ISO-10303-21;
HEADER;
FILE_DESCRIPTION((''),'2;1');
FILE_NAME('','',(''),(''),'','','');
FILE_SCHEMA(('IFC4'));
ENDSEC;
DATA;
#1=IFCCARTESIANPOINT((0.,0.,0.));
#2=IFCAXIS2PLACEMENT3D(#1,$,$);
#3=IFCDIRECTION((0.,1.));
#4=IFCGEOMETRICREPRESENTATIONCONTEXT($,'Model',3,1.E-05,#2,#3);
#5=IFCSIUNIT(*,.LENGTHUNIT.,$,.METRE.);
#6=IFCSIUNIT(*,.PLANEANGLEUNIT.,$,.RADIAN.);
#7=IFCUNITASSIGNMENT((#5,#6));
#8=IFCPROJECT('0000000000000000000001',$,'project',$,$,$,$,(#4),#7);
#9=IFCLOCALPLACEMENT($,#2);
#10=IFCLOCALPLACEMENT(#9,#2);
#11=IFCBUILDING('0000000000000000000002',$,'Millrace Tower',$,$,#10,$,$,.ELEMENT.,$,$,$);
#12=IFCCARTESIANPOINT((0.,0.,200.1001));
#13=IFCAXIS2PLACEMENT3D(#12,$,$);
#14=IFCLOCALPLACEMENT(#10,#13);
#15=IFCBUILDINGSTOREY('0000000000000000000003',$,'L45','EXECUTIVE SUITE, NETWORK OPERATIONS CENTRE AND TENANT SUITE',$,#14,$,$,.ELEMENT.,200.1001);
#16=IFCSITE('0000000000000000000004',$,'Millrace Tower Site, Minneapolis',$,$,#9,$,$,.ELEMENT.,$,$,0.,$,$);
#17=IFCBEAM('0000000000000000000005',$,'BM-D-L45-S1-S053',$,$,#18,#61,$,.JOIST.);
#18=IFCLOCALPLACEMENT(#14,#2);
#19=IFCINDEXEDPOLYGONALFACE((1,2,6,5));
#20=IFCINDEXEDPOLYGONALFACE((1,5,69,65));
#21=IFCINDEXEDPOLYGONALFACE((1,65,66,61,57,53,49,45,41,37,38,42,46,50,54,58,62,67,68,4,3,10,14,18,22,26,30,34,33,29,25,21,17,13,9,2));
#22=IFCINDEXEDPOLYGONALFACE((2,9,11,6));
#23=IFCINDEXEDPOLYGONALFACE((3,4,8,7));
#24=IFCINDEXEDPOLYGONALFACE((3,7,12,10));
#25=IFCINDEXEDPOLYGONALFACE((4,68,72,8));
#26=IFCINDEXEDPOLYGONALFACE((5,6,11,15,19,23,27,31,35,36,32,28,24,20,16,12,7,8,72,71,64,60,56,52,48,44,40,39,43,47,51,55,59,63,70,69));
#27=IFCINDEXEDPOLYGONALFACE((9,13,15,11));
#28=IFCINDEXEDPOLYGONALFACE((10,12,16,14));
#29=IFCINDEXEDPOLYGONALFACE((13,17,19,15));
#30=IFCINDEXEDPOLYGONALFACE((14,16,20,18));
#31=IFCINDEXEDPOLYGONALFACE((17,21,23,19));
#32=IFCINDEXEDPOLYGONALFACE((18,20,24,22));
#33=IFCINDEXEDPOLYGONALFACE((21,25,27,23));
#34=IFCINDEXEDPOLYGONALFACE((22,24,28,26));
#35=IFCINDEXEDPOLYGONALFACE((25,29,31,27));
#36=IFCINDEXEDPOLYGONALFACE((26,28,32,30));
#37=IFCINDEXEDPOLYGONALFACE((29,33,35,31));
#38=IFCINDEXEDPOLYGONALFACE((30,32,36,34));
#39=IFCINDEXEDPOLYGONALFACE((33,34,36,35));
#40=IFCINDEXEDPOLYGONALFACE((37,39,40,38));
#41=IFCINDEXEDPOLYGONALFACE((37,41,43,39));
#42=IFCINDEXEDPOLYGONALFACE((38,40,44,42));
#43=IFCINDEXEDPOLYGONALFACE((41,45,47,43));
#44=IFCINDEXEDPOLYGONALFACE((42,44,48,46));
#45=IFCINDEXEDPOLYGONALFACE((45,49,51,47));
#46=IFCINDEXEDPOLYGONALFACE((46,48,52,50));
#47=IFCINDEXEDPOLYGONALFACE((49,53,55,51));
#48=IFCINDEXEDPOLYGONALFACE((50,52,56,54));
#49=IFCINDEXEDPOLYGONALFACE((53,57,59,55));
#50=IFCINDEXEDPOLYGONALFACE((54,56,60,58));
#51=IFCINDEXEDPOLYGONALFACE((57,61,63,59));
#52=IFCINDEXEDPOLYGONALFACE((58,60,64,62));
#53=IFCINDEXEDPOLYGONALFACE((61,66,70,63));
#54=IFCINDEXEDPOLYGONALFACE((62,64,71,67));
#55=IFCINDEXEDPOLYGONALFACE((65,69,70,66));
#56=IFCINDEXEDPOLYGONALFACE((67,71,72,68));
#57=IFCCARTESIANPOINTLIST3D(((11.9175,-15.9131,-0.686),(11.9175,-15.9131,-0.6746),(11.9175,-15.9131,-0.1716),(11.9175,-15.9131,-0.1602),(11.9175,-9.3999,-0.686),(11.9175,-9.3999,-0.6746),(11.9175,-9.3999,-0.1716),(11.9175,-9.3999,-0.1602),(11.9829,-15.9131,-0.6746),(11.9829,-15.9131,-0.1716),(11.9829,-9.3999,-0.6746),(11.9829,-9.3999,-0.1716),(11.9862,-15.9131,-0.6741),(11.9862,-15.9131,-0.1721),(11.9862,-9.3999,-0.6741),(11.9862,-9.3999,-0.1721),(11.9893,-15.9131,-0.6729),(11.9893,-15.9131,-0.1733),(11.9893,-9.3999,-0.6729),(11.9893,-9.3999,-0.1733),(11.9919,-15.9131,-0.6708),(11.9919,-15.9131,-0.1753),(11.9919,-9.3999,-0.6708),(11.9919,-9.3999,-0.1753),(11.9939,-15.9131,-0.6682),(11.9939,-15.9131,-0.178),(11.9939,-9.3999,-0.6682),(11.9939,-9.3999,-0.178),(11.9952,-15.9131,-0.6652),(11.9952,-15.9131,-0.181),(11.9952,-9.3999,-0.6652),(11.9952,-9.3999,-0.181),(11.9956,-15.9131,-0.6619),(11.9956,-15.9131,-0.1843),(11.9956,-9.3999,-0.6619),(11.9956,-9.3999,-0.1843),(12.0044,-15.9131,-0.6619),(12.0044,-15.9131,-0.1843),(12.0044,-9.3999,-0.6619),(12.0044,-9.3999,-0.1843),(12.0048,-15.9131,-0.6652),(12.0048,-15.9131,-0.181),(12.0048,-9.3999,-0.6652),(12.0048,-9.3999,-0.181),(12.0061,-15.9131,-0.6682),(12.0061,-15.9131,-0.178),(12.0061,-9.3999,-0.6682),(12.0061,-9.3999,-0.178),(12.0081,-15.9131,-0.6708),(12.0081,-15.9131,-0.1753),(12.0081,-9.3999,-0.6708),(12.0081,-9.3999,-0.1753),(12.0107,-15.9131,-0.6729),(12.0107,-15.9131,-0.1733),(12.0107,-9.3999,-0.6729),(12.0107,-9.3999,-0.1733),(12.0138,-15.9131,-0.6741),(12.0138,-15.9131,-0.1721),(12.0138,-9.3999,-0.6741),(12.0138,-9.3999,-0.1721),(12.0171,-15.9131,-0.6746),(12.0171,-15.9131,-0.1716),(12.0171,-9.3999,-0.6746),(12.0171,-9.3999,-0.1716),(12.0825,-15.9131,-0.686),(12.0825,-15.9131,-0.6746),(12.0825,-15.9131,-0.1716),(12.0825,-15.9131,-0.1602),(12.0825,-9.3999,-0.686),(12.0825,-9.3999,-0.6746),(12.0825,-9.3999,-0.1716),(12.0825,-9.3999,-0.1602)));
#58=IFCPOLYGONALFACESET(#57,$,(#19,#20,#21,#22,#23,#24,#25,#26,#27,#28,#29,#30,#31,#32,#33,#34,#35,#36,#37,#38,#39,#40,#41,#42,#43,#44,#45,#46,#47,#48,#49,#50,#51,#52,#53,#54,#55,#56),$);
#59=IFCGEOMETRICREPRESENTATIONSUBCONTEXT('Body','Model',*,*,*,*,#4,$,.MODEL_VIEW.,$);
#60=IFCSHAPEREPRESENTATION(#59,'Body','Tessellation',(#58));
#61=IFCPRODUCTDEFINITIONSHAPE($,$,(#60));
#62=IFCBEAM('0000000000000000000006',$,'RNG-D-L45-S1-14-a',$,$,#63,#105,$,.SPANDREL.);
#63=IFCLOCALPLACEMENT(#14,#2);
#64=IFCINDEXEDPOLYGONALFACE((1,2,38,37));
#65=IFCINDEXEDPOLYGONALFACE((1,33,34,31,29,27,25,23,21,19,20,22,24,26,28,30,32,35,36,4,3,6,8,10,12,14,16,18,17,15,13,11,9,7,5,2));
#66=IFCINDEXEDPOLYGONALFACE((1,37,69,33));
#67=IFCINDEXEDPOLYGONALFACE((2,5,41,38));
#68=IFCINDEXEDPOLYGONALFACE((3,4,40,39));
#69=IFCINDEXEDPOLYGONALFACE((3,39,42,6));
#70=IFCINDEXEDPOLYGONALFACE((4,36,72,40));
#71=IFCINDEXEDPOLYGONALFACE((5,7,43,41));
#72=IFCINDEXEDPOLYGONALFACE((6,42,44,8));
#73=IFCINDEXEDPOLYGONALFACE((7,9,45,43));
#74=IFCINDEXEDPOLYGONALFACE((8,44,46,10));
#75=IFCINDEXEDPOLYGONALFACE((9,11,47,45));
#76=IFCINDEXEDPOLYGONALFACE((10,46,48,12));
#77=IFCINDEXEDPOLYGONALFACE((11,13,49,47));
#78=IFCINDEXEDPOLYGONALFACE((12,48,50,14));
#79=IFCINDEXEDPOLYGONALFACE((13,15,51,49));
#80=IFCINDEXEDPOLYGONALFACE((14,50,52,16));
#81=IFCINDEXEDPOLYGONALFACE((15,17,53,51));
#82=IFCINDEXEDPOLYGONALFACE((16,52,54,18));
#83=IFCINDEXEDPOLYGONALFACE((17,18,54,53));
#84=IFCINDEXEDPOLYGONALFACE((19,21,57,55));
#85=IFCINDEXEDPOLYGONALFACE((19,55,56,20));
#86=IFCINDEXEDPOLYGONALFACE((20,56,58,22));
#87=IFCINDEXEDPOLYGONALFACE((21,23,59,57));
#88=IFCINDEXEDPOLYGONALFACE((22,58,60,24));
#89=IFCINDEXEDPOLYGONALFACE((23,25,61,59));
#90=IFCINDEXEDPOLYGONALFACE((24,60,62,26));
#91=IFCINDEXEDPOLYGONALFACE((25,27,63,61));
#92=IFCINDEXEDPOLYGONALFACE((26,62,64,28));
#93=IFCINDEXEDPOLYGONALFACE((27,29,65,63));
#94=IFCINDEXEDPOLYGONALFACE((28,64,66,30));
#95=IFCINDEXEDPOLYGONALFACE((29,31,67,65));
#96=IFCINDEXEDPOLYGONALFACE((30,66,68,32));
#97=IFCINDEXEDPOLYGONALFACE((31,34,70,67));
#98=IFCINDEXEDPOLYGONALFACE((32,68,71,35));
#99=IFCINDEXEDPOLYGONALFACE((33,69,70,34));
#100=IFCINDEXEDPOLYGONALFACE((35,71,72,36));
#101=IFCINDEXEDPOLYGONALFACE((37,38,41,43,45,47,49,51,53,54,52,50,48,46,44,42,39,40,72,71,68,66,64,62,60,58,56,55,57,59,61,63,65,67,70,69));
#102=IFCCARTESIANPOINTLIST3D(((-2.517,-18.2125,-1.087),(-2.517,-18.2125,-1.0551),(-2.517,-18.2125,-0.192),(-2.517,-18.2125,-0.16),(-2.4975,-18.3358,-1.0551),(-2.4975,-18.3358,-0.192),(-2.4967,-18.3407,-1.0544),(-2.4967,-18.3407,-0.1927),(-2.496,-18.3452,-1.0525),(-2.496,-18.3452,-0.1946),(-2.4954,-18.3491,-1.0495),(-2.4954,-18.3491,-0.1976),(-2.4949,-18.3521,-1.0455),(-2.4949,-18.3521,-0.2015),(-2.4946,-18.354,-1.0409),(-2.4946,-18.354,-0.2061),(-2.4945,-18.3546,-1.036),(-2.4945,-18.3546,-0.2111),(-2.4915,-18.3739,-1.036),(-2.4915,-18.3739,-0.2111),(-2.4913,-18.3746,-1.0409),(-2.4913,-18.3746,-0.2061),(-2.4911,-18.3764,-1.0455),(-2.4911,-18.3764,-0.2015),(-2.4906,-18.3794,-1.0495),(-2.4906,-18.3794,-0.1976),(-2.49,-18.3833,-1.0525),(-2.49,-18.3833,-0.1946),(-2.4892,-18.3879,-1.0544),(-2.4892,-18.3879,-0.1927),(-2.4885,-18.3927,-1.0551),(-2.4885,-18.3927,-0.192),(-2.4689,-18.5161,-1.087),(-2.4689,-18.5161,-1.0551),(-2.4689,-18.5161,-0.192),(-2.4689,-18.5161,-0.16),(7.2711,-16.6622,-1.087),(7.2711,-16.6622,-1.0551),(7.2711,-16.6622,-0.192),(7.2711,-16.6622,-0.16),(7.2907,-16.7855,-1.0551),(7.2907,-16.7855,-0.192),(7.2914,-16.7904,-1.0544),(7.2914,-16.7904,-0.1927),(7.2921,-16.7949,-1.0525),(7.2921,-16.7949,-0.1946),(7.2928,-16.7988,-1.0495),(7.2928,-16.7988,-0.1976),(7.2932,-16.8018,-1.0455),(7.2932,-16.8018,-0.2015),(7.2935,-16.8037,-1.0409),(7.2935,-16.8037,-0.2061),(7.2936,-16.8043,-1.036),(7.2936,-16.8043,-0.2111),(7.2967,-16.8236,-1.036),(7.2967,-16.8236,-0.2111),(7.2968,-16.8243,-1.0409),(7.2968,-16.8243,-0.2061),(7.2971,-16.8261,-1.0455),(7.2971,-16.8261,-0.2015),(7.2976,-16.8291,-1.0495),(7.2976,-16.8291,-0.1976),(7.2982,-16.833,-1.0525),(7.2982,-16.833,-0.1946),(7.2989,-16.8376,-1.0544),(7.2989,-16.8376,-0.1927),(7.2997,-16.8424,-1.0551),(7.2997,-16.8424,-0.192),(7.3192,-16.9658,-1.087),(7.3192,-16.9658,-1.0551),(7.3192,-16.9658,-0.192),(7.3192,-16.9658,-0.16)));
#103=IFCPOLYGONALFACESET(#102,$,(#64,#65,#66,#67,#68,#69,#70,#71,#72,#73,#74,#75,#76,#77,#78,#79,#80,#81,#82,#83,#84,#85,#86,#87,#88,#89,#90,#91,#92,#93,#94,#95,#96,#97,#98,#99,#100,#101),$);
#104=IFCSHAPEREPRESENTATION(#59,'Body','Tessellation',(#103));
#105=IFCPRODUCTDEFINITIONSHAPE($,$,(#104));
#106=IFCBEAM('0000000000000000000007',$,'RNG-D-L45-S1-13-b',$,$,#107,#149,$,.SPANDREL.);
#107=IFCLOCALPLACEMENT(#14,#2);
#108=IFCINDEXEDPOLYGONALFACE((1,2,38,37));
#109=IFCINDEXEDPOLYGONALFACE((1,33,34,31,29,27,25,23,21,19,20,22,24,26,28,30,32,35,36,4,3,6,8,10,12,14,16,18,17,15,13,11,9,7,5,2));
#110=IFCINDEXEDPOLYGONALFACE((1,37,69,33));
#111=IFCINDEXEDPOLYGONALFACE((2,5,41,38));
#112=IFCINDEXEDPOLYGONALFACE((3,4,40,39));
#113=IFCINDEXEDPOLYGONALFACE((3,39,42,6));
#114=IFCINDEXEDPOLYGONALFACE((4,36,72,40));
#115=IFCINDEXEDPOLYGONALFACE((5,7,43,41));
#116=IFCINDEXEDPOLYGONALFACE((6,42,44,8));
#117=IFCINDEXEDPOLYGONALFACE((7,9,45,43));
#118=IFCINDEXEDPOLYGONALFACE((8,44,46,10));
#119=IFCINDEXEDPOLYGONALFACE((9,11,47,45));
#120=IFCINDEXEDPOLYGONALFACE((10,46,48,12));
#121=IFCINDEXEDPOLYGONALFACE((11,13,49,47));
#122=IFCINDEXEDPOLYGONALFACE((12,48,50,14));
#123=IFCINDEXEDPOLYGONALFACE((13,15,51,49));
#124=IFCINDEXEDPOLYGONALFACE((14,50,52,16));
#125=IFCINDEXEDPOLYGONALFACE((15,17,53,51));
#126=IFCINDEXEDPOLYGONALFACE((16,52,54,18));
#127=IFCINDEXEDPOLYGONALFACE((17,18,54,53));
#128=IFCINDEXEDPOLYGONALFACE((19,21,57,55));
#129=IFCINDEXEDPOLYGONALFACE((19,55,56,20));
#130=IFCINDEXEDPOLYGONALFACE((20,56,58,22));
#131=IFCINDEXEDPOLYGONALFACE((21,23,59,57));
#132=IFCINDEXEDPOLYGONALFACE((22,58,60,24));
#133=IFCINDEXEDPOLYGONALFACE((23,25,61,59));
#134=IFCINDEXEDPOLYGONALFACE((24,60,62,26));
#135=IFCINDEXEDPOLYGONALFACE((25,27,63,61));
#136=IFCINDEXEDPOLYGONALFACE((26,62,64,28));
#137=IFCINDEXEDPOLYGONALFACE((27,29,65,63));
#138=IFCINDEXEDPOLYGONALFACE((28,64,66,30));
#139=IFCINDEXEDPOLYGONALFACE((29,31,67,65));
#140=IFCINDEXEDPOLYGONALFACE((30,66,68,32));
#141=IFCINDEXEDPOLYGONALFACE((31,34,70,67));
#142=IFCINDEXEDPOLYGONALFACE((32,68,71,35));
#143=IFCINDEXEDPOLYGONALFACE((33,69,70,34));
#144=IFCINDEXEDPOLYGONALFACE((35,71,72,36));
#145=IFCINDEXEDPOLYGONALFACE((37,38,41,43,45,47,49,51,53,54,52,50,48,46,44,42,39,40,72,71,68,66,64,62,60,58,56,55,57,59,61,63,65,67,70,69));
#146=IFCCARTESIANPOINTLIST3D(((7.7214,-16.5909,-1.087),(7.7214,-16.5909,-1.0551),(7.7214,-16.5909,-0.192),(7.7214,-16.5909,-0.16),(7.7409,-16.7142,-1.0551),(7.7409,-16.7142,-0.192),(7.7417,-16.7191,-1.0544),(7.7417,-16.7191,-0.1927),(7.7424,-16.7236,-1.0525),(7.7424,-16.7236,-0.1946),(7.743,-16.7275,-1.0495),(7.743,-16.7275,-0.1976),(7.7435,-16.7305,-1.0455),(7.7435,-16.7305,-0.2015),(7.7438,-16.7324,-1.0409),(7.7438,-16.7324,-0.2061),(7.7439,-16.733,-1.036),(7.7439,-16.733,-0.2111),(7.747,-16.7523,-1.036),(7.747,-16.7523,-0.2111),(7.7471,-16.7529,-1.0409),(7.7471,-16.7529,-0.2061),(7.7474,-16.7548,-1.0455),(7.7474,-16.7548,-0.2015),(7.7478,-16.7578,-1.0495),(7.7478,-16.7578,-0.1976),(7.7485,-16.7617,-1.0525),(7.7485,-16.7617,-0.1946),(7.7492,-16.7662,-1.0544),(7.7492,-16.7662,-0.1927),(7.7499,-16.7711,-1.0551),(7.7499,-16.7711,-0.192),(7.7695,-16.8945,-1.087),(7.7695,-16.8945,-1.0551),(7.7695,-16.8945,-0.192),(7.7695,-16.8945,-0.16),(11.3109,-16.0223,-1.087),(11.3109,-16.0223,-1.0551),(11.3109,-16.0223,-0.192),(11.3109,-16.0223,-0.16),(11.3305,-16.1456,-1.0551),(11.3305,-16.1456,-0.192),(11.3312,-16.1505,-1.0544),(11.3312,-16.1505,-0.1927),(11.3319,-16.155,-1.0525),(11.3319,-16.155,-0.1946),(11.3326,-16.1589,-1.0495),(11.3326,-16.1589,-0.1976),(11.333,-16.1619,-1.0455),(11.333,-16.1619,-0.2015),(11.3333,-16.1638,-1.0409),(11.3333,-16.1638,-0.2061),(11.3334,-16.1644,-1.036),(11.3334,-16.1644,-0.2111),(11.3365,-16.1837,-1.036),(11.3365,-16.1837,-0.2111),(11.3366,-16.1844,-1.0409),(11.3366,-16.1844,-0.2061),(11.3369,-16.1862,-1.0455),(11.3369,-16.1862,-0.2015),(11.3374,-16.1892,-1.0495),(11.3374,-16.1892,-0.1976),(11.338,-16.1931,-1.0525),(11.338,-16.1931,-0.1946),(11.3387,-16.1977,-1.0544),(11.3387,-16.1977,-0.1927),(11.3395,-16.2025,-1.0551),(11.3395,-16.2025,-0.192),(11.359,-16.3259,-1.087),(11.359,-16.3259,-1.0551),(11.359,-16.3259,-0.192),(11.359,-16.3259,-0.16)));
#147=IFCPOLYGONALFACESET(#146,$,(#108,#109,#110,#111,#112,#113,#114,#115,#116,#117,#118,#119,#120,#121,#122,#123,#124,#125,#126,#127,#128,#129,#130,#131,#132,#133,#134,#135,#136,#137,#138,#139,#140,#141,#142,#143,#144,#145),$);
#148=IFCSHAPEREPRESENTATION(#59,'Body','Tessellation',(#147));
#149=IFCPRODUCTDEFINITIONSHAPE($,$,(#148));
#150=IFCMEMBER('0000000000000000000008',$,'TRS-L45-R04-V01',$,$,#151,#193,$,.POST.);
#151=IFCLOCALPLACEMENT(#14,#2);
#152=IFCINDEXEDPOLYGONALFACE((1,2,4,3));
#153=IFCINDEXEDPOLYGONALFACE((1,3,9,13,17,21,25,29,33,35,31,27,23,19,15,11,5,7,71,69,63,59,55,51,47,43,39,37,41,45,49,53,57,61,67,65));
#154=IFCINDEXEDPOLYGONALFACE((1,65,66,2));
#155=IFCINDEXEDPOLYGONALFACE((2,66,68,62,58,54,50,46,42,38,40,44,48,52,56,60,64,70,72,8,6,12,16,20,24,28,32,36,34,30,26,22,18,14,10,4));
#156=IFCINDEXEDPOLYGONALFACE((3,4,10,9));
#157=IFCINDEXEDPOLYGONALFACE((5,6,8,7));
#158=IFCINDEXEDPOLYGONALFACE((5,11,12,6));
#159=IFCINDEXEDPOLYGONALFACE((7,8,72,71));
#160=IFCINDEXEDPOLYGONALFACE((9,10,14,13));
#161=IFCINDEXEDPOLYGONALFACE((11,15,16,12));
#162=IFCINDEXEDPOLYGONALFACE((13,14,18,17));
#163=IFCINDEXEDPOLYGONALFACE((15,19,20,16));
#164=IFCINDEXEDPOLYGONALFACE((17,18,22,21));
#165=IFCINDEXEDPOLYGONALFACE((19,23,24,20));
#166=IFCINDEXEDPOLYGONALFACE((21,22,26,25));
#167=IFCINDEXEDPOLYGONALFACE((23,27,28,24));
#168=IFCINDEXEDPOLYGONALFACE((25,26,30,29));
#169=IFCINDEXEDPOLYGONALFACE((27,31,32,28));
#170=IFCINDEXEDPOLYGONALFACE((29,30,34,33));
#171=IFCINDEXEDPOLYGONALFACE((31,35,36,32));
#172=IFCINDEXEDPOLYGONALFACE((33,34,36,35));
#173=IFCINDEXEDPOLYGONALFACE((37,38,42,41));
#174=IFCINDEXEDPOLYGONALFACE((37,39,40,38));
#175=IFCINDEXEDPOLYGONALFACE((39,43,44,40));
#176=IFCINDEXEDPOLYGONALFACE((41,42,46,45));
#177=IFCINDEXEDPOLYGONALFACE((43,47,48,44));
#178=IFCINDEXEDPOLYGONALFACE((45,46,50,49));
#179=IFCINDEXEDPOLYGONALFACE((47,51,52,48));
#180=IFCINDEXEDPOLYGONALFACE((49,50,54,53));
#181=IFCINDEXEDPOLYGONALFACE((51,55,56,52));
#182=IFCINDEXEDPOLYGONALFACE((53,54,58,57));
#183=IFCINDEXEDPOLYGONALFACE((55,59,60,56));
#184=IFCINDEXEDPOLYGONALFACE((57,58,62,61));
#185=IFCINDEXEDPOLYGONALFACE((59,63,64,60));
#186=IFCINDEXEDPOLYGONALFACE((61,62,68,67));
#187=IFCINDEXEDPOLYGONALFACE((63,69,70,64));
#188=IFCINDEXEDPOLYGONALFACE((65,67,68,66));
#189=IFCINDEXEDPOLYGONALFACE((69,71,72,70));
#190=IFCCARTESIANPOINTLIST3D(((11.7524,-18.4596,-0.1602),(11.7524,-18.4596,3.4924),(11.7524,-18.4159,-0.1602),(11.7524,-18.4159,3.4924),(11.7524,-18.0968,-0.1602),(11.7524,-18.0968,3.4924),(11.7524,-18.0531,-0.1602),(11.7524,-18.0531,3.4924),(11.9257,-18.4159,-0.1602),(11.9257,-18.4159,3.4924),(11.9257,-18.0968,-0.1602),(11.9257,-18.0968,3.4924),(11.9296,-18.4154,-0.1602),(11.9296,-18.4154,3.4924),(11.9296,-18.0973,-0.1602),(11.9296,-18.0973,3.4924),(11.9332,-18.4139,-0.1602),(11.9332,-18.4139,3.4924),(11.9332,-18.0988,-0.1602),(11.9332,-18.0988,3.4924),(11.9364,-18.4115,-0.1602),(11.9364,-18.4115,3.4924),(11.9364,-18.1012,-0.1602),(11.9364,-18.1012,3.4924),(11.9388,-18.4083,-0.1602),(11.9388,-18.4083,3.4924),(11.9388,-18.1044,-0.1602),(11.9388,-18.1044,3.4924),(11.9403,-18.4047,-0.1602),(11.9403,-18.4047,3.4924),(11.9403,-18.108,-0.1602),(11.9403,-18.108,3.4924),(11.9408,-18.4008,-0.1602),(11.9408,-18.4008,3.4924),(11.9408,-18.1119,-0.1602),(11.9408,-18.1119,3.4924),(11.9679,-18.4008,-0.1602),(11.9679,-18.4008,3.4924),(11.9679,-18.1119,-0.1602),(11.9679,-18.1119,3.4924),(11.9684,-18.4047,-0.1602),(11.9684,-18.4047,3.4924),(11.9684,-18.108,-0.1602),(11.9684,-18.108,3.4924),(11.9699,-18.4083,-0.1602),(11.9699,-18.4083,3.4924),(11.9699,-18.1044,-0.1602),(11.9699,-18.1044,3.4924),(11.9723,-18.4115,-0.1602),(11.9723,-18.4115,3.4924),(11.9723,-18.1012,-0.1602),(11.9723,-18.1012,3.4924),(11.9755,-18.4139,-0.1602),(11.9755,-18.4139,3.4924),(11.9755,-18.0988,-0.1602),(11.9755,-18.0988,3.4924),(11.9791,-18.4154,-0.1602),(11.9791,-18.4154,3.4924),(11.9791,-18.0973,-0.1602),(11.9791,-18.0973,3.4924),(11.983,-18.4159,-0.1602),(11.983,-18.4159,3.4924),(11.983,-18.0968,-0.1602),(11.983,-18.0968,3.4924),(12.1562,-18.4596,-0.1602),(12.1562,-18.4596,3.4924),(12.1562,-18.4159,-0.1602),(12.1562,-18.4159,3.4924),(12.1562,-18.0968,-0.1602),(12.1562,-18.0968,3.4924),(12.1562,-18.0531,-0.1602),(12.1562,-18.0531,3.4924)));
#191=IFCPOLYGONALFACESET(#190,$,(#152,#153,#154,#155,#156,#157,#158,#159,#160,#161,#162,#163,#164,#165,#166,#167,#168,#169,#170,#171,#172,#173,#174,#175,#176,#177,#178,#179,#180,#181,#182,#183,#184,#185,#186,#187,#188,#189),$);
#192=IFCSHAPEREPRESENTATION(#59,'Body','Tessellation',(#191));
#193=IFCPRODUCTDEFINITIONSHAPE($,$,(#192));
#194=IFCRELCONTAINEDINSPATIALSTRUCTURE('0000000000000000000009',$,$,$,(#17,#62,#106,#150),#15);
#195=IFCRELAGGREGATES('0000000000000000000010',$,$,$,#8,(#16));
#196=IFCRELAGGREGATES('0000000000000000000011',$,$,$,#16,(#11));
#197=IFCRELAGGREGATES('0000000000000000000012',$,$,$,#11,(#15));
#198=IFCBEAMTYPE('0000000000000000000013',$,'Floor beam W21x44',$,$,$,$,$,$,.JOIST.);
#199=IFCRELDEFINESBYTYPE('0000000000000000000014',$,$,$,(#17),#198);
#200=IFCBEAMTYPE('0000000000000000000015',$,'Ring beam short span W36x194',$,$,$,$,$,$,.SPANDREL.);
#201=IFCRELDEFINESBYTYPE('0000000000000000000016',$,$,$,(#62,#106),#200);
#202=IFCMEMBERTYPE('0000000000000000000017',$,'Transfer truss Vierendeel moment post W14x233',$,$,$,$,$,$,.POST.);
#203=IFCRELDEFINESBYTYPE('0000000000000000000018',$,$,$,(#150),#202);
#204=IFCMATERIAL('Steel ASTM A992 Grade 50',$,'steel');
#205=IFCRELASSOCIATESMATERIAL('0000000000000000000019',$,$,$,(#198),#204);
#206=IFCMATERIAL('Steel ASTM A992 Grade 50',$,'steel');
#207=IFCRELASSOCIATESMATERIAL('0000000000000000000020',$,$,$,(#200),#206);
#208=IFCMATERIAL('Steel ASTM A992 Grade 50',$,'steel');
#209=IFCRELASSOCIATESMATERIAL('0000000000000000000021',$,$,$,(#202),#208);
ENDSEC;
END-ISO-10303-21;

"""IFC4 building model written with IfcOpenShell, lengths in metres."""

from ifc_helpers import new_model, si_unit, direction, frame, origin, origin_2d, place, context, subcontext, project, spatial, i_section, extrude, material, material_profile, profile_set, type_object, element, save


model = new_model("IFC4")

# Units and contexts
model_context = context("Model", 3, precision=1e-05, world=origin(), true_north=direction((0.0, 1.0)))
body_context = subcontext(model_context, "Body", "Model", "MODEL_VIEW")
ifc_project = project(units=[si_unit("LENGTHUNIT", "METRE"), si_unit("PLANEANGLEUNIT", "RADIAN")], contexts=[model_context])

# Site, building, storey
site_placement = place(None, origin())
site = spatial("IfcSite", under=ifc_project, at=site_placement, Name="Millrace Tower Site, Minneapolis", CompositionType="ELEMENT", RefElevation=0.0)
building_placement = place(site_placement, origin())
building = spatial("IfcBuilding", under=site, at=building_placement, Name="Millrace Tower", CompositionType="ELEMENT")
storey_placement = place(building_placement, frame((0.0, 0.0, 200.1001)))
storey = spatial("IfcBuildingStorey", under=building, at=storey_placement, Name="L45", Description="EXECUTIVE SUITE, NETWORK OPERATIONS CENTRE AND TENANT SUITE", CompositionType="ELEMENT", Elevation=200.1001)

# Beams
ifc_material_1 = material(Name="Steel ASTM A992 Grade 50", Category="steel")
ifc_material_profile_1 = material_profile(ifc_material_1, i_section(OverallWidth=0.165, OverallDepth=0.5259, WebThickness=0.0088, FlangeThickness=0.0115, FilletRadius=0.0127, at=origin_2d()))
ifc_profile_set_1 = profile_set([ifc_material_profile_1], Name="Steel ASTM A992 Grade 50")
beam_type_1 = type_object("IfcBeamType", Name="Floor beam W21x44", PredefinedType="JOIST", material=ifc_profile_set_1)
beam_1_placement = place(storey_placement, frame((12.0, -15.9131, -0.4231), z_axis=(0.0, 1.0, 0.0), x_axis=(-1.0, 0.0, 0.0)))
element("IfcBeam", 1, at=beam_1_placement, inside=storey, type_object=beam_type_1, Name="BM-D-L45-S1-S053", PredefinedType="JOIST", context=body_context, shape_type="SweptSolid", body=[
    extrude(i_section(OverallWidth=0.165, OverallDepth=0.5259, WebThickness=0.0088, FlangeThickness=0.0115, FilletRadius=0.0127, at=origin_2d()), origin(), (0.0, 0.0, 1.0), 6.5132),
])
ifc_material_2 = material(Name="Steel ASTM A992 Grade 50", Category="steel")
ifc_material_profile_2 = material_profile(ifc_material_2, i_section(OverallWidth=0.3074, OverallDepth=0.927, WebThickness=0.0195, FlangeThickness=0.032, FilletRadius=0.019, at=origin_2d()))
ifc_profile_set_2 = profile_set([ifc_material_profile_2], Name="Steel ASTM A992 Grade 50")
beam_type_2 = type_object("IfcBeamType", Name="Ring beam short span W36x194", PredefinedType="SPANDREL", material=ifc_profile_set_2)
beam_2_placement = place(storey_placement, frame((7.2952, -16.814, -0.6235), z_axis=(-0.987688, -0.156436, 0.0), x_axis=(0.156436, -0.987688, 0.0)))
element("IfcBeam", 2, at=beam_2_placement, inside=storey, type_object=beam_type_2, Name="RNG-D-L45-S1-14-a", PredefinedType="SPANDREL", context=body_context, shape_type="SweptSolid", body=[
    extrude(i_section(OverallWidth=0.3074, OverallDepth=0.927, WebThickness=0.0195, FlangeThickness=0.032, FilletRadius=0.019, at=origin_2d()), origin(), (0.0, 0.0, 1.0), 9.9102),
])
beam_3_placement = place(storey_placement, frame((11.335, -16.1741, -0.6235), z_axis=(-0.987686, -0.156452, 0.0), x_axis=(0.156452, -0.987686, 0.0)))
element("IfcBeam", 3, at=beam_3_placement, inside=storey, type_object=beam_type_2, Name="RNG-D-L45-S1-13-b", PredefinedType="SPANDREL", context=body_context, shape_type="SweptSolid", body=[
    extrude(i_section(OverallWidth=0.3074, OverallDepth=0.927, WebThickness=0.0195, FlangeThickness=0.032, FilletRadius=0.019, at=origin_2d()), origin(), (0.0, 0.0, 1.0), 3.6343),
])

# Member
ifc_material_3 = material(Name="Steel ASTM A992 Grade 50", Category="steel")
ifc_material_profile_3 = material_profile(ifc_material_3, i_section(OverallWidth=0.4038, OverallDepth=0.4065, WebThickness=0.0271, FlangeThickness=0.0437, FilletRadius=0.0151, at=origin_2d()))
ifc_profile_set_3 = profile_set([ifc_material_profile_3], Name="Steel ASTM A992 Grade 50")
member_type_1 = type_object("IfcMemberType", Name="Transfer truss Vierendeel moment post W14x233", PredefinedType="POST", material=ifc_profile_set_3)
for number, where, z_axis, x_axis, name in (
    (4, (11.9543, -18.2563, -0.1602), (0.0, 0.0, 1.0), (1.0, 0.0, 0.0), "TRS-L45-R04-V01"),
):
    element("IfcMember", number, at=place(storey_placement, frame(where, z_axis=z_axis, x_axis=x_axis)), inside=storey, type_object=member_type_1, Name=name, PredefinedType="POST", context=body_context, shape_type="SweptSolid", body=[
        extrude(i_section(OverallWidth=0.4038, OverallDepth=0.4065, WebThickness=0.0271, FlangeThickness=0.0437, FilletRadius=0.0151, at=origin_2d()), origin(), (0.0, 0.0, 1.0), 3.6526),
    ])

save(model, "model.ifc")
